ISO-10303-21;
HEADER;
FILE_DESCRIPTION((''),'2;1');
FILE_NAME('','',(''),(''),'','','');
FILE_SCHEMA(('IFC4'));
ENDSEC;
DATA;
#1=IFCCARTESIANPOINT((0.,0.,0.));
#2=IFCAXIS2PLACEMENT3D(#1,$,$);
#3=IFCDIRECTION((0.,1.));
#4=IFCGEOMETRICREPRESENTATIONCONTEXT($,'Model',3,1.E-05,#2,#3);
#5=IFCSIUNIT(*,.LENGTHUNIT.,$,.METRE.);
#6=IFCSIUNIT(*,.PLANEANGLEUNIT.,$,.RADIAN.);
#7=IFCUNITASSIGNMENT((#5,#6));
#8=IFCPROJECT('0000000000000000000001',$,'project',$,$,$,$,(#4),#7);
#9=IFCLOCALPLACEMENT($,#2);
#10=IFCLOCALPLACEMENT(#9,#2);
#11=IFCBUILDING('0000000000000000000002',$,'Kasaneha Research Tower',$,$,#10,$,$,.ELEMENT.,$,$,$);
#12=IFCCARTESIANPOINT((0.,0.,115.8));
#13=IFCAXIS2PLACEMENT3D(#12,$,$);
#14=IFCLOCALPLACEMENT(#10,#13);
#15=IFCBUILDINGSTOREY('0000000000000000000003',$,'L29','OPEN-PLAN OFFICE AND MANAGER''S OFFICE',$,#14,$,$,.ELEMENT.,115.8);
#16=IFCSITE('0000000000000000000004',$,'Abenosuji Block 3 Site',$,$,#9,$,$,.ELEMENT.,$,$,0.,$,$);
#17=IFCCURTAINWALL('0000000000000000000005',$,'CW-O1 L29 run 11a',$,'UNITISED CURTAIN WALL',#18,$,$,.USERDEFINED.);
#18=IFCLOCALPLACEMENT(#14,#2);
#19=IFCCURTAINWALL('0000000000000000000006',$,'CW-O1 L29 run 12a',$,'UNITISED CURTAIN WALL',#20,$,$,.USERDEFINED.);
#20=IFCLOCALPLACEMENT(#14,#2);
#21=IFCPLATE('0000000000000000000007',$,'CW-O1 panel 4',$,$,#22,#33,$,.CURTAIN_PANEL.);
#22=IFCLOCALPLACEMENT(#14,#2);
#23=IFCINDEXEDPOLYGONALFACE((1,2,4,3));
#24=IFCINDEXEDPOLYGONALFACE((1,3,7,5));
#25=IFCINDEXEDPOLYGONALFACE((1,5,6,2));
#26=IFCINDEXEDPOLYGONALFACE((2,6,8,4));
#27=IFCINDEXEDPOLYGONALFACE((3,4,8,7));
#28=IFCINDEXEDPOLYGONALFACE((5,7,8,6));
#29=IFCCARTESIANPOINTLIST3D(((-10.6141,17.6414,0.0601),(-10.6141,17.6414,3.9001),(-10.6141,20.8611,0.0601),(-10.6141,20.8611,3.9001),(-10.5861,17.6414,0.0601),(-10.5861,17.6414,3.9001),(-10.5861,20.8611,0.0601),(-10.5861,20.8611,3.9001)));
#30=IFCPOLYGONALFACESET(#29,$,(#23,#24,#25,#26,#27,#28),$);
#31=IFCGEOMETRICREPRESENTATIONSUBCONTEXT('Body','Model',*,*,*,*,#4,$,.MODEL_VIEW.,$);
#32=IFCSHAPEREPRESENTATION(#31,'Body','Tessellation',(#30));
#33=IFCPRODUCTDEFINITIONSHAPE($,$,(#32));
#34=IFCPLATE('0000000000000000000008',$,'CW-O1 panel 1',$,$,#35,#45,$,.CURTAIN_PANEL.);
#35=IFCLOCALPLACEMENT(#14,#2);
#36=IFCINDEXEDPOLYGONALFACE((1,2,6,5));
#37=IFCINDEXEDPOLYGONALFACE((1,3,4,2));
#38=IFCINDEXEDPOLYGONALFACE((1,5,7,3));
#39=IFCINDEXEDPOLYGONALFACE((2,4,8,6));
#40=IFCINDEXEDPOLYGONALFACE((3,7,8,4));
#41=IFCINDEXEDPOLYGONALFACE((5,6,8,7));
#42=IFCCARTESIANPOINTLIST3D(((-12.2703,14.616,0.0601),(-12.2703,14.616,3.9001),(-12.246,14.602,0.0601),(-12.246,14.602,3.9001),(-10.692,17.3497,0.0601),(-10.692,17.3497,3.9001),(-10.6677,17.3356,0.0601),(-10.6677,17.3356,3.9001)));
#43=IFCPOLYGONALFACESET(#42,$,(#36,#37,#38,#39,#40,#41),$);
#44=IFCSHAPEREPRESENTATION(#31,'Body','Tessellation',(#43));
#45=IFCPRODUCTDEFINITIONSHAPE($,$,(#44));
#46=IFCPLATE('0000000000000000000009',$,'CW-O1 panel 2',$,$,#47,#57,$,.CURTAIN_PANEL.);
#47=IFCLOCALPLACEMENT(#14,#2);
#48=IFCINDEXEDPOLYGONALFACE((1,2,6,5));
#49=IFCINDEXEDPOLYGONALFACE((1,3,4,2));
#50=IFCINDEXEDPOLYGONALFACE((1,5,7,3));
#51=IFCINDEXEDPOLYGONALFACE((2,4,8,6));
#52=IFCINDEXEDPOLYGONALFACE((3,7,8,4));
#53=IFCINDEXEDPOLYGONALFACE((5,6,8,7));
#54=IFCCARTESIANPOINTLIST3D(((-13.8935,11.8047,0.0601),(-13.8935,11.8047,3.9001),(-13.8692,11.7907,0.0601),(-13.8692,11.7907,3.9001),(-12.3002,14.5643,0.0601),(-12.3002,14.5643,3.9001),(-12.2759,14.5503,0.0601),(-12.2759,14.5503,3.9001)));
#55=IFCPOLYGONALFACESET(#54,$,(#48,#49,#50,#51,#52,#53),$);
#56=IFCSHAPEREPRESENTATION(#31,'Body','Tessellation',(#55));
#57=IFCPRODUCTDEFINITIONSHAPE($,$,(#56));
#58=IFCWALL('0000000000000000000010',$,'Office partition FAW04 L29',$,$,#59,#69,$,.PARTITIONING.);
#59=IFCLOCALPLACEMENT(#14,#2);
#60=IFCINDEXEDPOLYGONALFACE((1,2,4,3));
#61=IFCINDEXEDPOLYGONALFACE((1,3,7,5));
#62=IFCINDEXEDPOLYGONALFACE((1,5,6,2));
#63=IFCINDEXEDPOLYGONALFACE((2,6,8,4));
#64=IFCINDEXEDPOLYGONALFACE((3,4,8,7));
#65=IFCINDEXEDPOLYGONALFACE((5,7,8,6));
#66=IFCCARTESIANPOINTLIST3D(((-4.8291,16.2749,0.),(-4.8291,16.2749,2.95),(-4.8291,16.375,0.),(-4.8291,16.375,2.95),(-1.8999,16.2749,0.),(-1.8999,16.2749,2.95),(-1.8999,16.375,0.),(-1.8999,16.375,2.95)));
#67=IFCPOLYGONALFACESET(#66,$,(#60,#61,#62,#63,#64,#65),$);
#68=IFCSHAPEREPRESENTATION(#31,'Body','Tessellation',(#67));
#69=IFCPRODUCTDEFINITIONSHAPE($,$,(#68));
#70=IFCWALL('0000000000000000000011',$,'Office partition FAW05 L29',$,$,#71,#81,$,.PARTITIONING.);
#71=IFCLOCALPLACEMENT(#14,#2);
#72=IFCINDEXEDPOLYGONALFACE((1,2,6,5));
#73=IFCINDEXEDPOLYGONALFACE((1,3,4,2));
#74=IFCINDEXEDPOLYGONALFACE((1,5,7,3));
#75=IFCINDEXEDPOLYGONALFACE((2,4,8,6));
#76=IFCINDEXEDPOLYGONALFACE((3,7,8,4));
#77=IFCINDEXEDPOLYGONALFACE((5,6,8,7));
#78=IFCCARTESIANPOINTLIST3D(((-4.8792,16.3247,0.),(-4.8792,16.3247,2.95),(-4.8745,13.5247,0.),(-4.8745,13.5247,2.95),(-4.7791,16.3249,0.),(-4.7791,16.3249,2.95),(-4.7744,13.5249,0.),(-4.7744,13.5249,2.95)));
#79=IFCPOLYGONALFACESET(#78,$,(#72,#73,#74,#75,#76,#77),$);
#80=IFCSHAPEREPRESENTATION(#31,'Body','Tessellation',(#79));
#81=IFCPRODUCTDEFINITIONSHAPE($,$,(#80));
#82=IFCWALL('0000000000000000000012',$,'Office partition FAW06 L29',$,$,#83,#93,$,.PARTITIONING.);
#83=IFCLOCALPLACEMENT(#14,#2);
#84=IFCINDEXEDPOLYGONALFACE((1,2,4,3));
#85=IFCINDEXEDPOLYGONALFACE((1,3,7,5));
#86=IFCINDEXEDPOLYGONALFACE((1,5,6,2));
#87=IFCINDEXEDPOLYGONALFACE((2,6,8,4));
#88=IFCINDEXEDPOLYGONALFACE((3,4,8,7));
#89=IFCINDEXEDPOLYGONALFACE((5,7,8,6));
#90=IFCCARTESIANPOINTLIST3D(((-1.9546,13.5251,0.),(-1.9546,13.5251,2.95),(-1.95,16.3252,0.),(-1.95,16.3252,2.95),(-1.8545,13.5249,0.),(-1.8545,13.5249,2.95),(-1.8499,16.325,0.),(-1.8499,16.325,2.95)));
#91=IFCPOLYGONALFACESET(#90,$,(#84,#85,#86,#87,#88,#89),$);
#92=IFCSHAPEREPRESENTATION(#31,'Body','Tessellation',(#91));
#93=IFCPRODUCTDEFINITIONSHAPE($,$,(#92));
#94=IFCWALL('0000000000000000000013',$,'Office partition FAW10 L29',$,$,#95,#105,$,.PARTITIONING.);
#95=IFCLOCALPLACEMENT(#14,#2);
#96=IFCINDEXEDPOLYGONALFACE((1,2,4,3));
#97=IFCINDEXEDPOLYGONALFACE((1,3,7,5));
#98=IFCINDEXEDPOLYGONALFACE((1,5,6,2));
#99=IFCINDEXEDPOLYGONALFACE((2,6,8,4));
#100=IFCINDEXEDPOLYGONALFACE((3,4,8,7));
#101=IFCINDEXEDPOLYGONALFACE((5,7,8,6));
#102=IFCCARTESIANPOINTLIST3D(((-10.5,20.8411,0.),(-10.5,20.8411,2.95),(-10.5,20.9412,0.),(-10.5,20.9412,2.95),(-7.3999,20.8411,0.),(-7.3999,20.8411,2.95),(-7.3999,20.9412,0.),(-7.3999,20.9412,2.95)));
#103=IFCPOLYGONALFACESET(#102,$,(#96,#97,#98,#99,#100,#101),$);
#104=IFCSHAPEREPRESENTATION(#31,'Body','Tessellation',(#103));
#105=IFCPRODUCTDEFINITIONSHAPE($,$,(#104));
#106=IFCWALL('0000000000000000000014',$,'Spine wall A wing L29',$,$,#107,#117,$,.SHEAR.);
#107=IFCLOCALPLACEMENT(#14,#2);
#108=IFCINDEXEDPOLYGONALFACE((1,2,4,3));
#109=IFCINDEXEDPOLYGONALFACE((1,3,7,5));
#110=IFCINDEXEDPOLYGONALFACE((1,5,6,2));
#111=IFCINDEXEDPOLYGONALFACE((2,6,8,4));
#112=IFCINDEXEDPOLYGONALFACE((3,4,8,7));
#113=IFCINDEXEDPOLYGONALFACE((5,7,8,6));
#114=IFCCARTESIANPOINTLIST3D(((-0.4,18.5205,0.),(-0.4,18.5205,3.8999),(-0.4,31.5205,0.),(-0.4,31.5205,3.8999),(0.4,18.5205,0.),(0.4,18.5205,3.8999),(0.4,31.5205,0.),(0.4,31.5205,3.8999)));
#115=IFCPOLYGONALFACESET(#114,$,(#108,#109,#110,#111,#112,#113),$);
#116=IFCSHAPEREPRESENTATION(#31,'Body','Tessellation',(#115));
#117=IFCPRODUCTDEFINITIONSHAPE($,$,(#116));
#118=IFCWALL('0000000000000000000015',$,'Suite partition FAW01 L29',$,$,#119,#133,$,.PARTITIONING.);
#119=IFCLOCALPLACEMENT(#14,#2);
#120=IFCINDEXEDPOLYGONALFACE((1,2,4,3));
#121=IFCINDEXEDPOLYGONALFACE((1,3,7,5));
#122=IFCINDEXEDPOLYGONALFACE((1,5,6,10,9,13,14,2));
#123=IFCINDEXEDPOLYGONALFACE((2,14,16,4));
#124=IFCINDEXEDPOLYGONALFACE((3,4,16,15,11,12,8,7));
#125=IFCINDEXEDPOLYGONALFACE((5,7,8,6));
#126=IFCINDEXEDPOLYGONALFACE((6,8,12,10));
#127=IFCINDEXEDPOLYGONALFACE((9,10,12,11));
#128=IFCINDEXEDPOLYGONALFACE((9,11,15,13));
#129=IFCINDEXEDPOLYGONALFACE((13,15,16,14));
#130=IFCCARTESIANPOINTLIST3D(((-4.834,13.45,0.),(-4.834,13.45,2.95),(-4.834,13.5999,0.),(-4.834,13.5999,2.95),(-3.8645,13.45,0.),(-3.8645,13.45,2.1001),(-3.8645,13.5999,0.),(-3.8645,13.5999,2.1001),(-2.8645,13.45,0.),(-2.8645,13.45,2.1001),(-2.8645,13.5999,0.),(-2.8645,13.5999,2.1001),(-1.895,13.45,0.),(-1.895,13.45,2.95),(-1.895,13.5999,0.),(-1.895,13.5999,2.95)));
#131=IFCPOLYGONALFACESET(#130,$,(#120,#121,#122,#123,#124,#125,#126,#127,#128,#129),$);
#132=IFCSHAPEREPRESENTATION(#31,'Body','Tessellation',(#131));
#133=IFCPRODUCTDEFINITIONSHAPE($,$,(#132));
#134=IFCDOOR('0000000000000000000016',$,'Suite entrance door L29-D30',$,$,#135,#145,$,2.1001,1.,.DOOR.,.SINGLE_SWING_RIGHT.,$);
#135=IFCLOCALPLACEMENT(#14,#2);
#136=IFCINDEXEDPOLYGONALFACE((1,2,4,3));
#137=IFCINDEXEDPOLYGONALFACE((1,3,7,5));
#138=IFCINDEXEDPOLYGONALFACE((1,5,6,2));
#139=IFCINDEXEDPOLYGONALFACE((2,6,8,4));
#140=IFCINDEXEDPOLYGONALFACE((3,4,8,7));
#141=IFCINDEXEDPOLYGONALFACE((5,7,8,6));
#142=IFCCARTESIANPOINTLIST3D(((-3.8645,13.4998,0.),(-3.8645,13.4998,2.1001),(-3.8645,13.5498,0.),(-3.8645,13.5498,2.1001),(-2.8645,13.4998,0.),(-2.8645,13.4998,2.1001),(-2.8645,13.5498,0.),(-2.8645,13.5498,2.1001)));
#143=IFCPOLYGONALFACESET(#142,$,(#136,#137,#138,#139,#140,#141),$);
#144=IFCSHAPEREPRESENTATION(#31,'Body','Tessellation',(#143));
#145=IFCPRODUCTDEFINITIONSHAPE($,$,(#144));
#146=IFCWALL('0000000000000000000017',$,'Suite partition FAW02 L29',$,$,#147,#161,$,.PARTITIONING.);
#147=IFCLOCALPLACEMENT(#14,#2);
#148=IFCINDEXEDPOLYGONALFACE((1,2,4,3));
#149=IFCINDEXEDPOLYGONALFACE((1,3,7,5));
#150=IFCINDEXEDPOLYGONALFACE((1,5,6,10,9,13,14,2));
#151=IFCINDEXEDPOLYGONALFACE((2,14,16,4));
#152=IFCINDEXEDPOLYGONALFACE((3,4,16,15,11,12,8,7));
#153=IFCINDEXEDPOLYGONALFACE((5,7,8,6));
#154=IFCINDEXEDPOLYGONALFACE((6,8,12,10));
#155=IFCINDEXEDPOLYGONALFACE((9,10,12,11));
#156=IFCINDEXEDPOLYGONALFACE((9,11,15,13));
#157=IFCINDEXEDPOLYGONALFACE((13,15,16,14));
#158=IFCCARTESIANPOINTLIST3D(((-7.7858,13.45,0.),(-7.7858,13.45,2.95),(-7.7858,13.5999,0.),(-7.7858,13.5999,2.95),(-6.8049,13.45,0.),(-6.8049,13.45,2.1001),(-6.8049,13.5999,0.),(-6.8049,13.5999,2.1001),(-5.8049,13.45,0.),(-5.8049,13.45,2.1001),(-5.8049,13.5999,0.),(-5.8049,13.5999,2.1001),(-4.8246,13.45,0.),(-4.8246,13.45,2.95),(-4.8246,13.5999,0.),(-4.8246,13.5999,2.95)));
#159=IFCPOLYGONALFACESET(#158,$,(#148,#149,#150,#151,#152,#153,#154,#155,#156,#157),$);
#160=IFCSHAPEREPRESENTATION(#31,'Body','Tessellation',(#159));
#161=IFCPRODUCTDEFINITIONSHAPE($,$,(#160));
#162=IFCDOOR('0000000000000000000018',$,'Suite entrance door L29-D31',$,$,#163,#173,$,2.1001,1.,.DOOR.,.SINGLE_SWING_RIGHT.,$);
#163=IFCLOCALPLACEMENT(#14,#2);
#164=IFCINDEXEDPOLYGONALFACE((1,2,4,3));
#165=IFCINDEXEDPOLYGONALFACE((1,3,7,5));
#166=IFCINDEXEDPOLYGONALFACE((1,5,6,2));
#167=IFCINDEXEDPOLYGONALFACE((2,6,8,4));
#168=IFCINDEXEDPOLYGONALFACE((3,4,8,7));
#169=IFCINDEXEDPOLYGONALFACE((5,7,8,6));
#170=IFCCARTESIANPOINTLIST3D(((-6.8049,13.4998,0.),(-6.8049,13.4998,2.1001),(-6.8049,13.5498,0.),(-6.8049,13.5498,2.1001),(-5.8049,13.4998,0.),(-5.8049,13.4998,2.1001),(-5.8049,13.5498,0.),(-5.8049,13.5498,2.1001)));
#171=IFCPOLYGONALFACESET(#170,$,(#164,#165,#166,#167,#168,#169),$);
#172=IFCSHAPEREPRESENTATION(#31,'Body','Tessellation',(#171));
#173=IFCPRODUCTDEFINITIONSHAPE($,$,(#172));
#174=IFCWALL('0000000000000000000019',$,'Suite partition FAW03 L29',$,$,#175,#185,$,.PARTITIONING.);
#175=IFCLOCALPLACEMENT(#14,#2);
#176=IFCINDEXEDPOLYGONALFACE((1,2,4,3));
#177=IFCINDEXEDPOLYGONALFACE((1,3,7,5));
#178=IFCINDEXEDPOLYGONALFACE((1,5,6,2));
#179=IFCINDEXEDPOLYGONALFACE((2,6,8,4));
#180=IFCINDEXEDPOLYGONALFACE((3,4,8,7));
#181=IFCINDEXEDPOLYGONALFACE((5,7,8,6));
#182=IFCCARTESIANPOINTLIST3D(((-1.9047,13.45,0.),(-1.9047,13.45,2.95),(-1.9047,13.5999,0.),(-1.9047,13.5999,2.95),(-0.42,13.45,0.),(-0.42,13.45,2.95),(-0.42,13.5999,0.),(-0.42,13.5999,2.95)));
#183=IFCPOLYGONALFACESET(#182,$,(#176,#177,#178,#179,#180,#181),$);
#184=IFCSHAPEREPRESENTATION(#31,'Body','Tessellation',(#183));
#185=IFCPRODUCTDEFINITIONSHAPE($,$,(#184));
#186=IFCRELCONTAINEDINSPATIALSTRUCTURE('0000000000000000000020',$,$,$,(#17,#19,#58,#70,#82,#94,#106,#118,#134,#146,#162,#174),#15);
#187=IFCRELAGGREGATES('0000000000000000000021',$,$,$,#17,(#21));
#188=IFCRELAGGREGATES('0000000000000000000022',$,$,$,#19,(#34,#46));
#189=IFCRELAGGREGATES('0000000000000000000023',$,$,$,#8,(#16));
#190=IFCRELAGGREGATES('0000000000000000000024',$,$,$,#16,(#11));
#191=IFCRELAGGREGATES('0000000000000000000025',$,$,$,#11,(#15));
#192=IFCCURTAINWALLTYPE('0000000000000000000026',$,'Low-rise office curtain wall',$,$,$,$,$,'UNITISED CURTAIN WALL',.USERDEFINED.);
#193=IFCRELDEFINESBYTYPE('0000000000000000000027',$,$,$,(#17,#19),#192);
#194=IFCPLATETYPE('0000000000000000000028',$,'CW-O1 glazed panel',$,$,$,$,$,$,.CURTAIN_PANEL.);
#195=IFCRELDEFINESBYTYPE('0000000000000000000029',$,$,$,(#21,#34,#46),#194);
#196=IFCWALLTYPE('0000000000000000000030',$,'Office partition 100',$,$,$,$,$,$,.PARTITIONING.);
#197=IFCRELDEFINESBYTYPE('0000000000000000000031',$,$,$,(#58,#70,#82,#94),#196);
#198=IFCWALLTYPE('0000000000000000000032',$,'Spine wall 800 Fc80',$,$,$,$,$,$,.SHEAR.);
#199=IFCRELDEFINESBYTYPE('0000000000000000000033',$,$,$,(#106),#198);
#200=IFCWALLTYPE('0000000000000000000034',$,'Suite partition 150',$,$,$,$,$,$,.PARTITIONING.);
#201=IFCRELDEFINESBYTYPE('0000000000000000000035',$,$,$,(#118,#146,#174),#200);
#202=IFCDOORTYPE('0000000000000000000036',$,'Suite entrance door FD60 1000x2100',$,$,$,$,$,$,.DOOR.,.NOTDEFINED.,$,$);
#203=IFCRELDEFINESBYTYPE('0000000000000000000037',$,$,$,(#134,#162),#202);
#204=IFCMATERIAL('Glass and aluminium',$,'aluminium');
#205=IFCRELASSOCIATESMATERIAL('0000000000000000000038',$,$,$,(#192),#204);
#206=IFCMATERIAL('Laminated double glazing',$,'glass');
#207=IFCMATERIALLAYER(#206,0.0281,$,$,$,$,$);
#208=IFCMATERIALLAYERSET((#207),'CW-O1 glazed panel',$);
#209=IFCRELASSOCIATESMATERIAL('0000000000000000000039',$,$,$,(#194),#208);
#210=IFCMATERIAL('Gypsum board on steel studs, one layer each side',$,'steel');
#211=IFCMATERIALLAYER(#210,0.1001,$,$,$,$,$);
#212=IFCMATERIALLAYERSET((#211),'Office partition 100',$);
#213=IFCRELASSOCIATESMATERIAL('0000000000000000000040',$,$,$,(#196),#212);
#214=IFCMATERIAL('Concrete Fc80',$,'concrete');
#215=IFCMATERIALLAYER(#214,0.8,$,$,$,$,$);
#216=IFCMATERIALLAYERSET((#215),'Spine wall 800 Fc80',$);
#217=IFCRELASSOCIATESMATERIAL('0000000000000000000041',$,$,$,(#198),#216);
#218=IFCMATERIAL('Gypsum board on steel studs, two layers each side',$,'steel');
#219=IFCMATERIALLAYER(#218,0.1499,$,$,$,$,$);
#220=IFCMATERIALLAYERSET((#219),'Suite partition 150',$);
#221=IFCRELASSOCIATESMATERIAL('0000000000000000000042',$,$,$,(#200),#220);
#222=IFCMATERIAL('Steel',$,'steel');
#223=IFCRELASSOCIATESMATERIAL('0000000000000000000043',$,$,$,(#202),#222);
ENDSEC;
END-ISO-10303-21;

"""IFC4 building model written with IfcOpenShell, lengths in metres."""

from ifc_helpers import new_model, si_unit, direction, frame, frame_2d, origin, origin_2d, place, context, subcontext, project, spatial, rectangle, extrude, material, layer, layer_set, type_object, element, fill, aggregate, save


model = new_model("IFC4")

# Units and contexts
model_context = context("Model", 3, precision=1e-05, world=origin(), true_north=direction((0.0, 1.0)))
body_context = subcontext(model_context, "Body", "Model", "MODEL_VIEW")
ifc_project = project(units=[si_unit("LENGTHUNIT", "METRE"), si_unit("PLANEANGLEUNIT", "RADIAN")], contexts=[model_context])

# Site, building, storey
site_placement = place(None, origin())
site = spatial("IfcSite", under=ifc_project, at=site_placement, Name="Abenosuji Block 3 Site", CompositionType="ELEMENT", RefElevation=0.0)
building_placement = place(site_placement, origin())
building = spatial("IfcBuilding", under=site, at=building_placement, Name="Kasaneha Research Tower", CompositionType="ELEMENT")
storey_placement = place(building_placement, frame((0.0, 0.0, 115.8)))
storey = spatial("IfcBuildingStorey", under=building, at=storey_placement, Name="L29", Description="OPEN-PLAN OFFICE AND MANAGER'S OFFICE", CompositionType="ELEMENT", Elevation=115.8)

# Curtain walls
ifc_material_1 = material(Name="Glass and aluminium", Category="aluminium")
curtain_wall_type = type_object("IfcCurtainWallType", Name="Low-rise office curtain wall", ElementType="UNITISED CURTAIN WALL", PredefinedType="USERDEFINED", material=ifc_material_1)
curtain_wall_1_placement = place(storey_placement, origin())
curtain_wall_1 = element("IfcCurtainWall", 1, at=curtain_wall_1_placement, inside=storey, type_object=curtain_wall_type, Name="CW-O1 L29 run 11a", ObjectType="UNITISED CURTAIN WALL", PredefinedType="USERDEFINED")
curtain_wall_2_placement = place(storey_placement, origin())
curtain_wall_2 = element("IfcCurtainWall", 2, at=curtain_wall_2_placement, inside=storey, type_object=curtain_wall_type, Name="CW-O1 L29 run 12a", ObjectType="UNITISED CURTAIN WALL", PredefinedType="USERDEFINED")

# Plates
ifc_material_2 = material(Name="Laminated double glazing", Category="glass")
ifc_layer_1 = layer(ifc_material_2, 0.0281)
ifc_layer_set_1 = layer_set([ifc_layer_1], Name="CW-O1 glazed panel")
plate_type = type_object("IfcPlateType", Name="CW-O1 glazed panel", PredefinedType="CURTAIN_PANEL", material=ifc_layer_set_1)
plate_1_placement = place(storey_placement, frame((-10.6001, 19.2512, 0.0601), z_axis=(0.0, 0.0, 1.0), x_axis=(0.0, -1.0, 0.0)))
plate_1 = element("IfcPlate", 3, at=plate_1_placement, type_object=plate_type, Name="CW-O1 panel 4", PredefinedType="CURTAIN_PANEL", context=body_context, shape_type="SweptSolid", body=[
    extrude(rectangle(XDim=3.2197, YDim=0.0281, at=origin_2d()), origin(), (0.0, 0.0, 1.0), 3.8401),
])
aggregate(curtain_wall_1, [plate_1])
plate_2_placement = place(storey_placement, frame((-11.469, 15.9758, 0.0601), z_axis=(0.0, 0.0, 1.0), x_axis=(-0.5, -0.866025, 0.0)))
plate_2 = element("IfcPlate", 4, at=plate_2_placement, type_object=plate_type, Name="CW-O1 panel 1", PredefinedType="CURTAIN_PANEL", context=body_context, shape_type="SweptSolid", body=[
    extrude(rectangle(XDim=3.1565, YDim=0.0281, at=origin_2d()), origin(), (0.0, 0.0, 1.0), 3.8401),
])
plate_3_placement = place(storey_placement, frame((-13.0847, 13.1775, 0.0601), z_axis=(0.0, 0.0, 1.0), x_axis=(-0.5, -0.866025, 0.0)))
plate_3 = element("IfcPlate", 5, at=plate_3_placement, type_object=plate_type, Name="CW-O1 panel 2", PredefinedType="CURTAIN_PANEL", context=body_context, shape_type="SweptSolid", body=[
    extrude(rectangle(XDim=3.1865, YDim=0.0281, at=origin_2d()), origin(), (0.0, 0.0, 1.0), 3.8401),
])
aggregate(curtain_wall_2, [plate_2, plate_3])

# Walls
ifc_material_3 = material(Name="Gypsum board on steel studs, one layer each side", Category="steel")
ifc_layer_2 = layer(ifc_material_3, 0.1001)
ifc_layer_set_2 = layer_set([ifc_layer_2], Name="Office partition 100")
wall_type_1 = type_object("IfcWallType", Name="Office partition 100", PredefinedType="PARTITIONING", material=ifc_layer_set_2)
wall_1_placement = place(storey_placement, frame((-4.8291, 16.325, 0.0), z_axis=(0.0, 0.0, 1.0), x_axis=(1.0, 0.0, 0.0)))
element("IfcWall", 6, at=wall_1_placement, inside=storey, type_object=wall_type_1, Name="Office partition FAW04 L29", PredefinedType="PARTITIONING", context=body_context, shape_type="SweptSolid", body=[
    extrude(rectangle(XDim=2.9292, YDim=0.1001, at=frame_2d((1.4646, 0.0))), origin(), (0.0, 0.0, 1.0), 2.95),
])
for number, where, z_axis, x_axis, name in (
    (7, (-4.8245, 13.5249, 0.0), (0.0, 0.0, 1.0), (-0.001657, 0.999999, 0.0), "Office partition FAW05 L29"),
    (8, (-1.8999, 16.325, 0.0), (0.0, 0.0, 1.0), (-0.001657, -0.999999, 0.0), "Office partition FAW06 L29"),
):
    element("IfcWall", number, at=place(storey_placement, frame(where, z_axis=z_axis, x_axis=x_axis)), inside=storey, type_object=wall_type_1, Name=name, PredefinedType="PARTITIONING", context=body_context, shape_type="SweptSolid", body=[
        extrude(rectangle(XDim=2.8, YDim=0.1001, at=frame_2d((1.3999, 0.0))), origin(), (0.0, 0.0, 1.0), 2.95),
    ])
wall_2_placement = place(storey_placement, frame((-7.3999, 20.8911, 0.0), z_axis=(0.0, 0.0, 1.0), x_axis=(-1.0, 0.0, 0.0)))
element("IfcWall", 9, at=wall_2_placement, inside=storey, type_object=wall_type_1, Name="Office partition FAW10 L29", PredefinedType="PARTITIONING", context=body_context, shape_type="SweptSolid", body=[
    extrude(rectangle(XDim=3.1001, YDim=0.1001, at=frame_2d((1.55, 0.0))), origin(), (0.0, 0.0, 1.0), 2.95),
])
ifc_material_4 = material(Name="Concrete Fc80", Category="concrete")
ifc_layer_3 = layer(ifc_material_4, 0.8)
ifc_layer_set_3 = layer_set([ifc_layer_3], Name="Spine wall 800 Fc80")
wall_type_2 = type_object("IfcWallType", Name="Spine wall 800 Fc80", PredefinedType="SHEAR", material=ifc_layer_set_3)
wall_3_placement = place(storey_placement, frame((0.0, 18.5205, 0.0), z_axis=(0.0, 0.0, 1.0), x_axis=(0.0, 1.0, 0.0)))
element("IfcWall", 10, at=wall_3_placement, inside=storey, type_object=wall_type_2, Name="Spine wall A wing L29", PredefinedType="SHEAR", context=body_context, shape_type="SweptSolid", body=[
    extrude(rectangle(XDim=13.0, YDim=0.8, at=frame_2d((6.5, 0.0))), origin(), (0.0, 0.0, 1.0), 3.8999),
])

# Walls, openings, doors
ifc_material_5 = material(Name="Gypsum board on steel studs, two layers each side", Category="steel")
ifc_layer_4 = layer(ifc_material_5, 0.1499)
ifc_layer_set_4 = layer_set([ifc_layer_4], Name="Suite partition 150")
wall_type_3 = type_object("IfcWallType", Name="Suite partition 150", PredefinedType="PARTITIONING", material=ifc_layer_set_4)
wall_4_placement = place(storey_placement, frame((-4.834, 13.5249, 0.0), z_axis=(0.0, 0.0, 1.0), x_axis=(1.0, 0.0, 0.0)))
wall_4 = element("IfcWall", 11, at=wall_4_placement, inside=storey, type_object=wall_type_3, Name="Suite partition FAW01 L29", PredefinedType="PARTITIONING", context=body_context, shape_type="SweptSolid", body=[
    extrude(rectangle(XDim=2.939, YDim=0.1499, at=frame_2d((1.4695, 0.0))), origin(), (0.0, 0.0, 1.0), 2.95),
])
opening_1_placement = place(wall_4_placement, frame((0.9695, 0.0, 0.0)))
opening_1 = element("IfcOpeningElement", 12, at=opening_1_placement, cuts=wall_4, PredefinedType="OPENING", context=body_context, shape_type="SweptSolid", body=[
    extrude(rectangle(XDim=1.0, YDim=2.1001, at=frame_2d((0.5, 1.05))), frame((0.0, 0.085, 0.0), z_axis=(0.0, -1.0, 0.0), x_axis=(1.0, 0.0, 0.0)), (0.0, 0.0, 1.0), 0.1699),
])
ifc_material_6 = material(Name="Steel", Category="steel")
door_type = type_object("IfcDoorType", Name="Suite entrance door FD60 1000x2100", OperationType="NOTDEFINED", PredefinedType="DOOR", material=ifc_material_6)
door_1_placement = place(opening_1_placement, origin())
door_1 = element("IfcDoor", 13, at=door_1_placement, inside=storey, type_object=door_type, Name="Suite entrance door L29-D30", OperationType="SINGLE_SWING_RIGHT", OverallHeight=2.1001, OverallWidth=1.0, PredefinedType="DOOR", context=body_context, shape_type="SweptSolid", body=[
    extrude(rectangle(XDim=1.0, YDim=2.1001, at=frame_2d((0.5, 1.05))), frame((0.0, 0.0249, 0.0), z_axis=(0.0, -1.0, 0.0), x_axis=(1.0, 0.0, 0.0)), (0.0, 0.0, 1.0), 0.05),
])
fill(opening_1, door_1)
wall_5_placement = place(storey_placement, frame((-7.7856, 13.5249, 0.0), z_axis=(0.0, 0.0, 1.0), x_axis=(1.0, 0.0, 0.0)))
wall_5 = element("IfcWall", 14, at=wall_5_placement, inside=storey, type_object=wall_type_3, Name="Suite partition FAW02 L29", PredefinedType="PARTITIONING", context=body_context, shape_type="SweptSolid", body=[
    extrude(rectangle(XDim=2.9612, YDim=0.1499, at=frame_2d((1.4805, 0.0))), origin(), (0.0, 0.0, 1.0), 2.95),
])
opening_2_placement = place(wall_5_placement, frame((0.9807, 0.0, 0.0)))
opening_2 = element("IfcOpeningElement", 15, at=opening_2_placement, cuts=wall_5, PredefinedType="OPENING", context=body_context, shape_type="SweptSolid", body=[
    extrude(rectangle(XDim=1.0, YDim=2.1001, at=frame_2d((0.5, 1.05))), frame((0.0, 0.085, 0.0), z_axis=(0.0, -1.0, 0.0), x_axis=(1.0, 0.0, 0.0)), (0.0, 0.0, 1.0), 0.1699),
])
door_2_placement = place(opening_2_placement, origin())
door_2 = element("IfcDoor", 16, at=door_2_placement, inside=storey, type_object=door_type, Name="Suite entrance door L29-D31", OperationType="SINGLE_SWING_RIGHT", OverallHeight=2.1001, OverallWidth=1.0, PredefinedType="DOOR", context=body_context, shape_type="SweptSolid", body=[
    extrude(rectangle(XDim=1.0, YDim=2.1001, at=frame_2d((0.5, 1.05))), frame((0.0, 0.0249, 0.0), z_axis=(0.0, -1.0, 0.0), x_axis=(1.0, 0.0, 0.0)), (0.0, 0.0, 1.0), 0.05),
])
fill(opening_2, door_2)

# Wall
wall_6_placement = place(storey_placement, frame((-1.9045, 13.5249, 0.0), z_axis=(0.0, 0.0, 1.0), x_axis=(1.0, 0.0, 0.0)))
element("IfcWall", 17, at=wall_6_placement, inside=storey, type_object=wall_type_3, Name="Suite partition FAW03 L29", PredefinedType="PARTITIONING", context=body_context, shape_type="SweptSolid", body=[
    extrude(rectangle(XDim=1.4846, YDim=0.1499, at=frame_2d((0.7422, 0.0))), origin(), (0.0, 0.0, 1.0), 2.95),
])

save(model, "model.ifc")
